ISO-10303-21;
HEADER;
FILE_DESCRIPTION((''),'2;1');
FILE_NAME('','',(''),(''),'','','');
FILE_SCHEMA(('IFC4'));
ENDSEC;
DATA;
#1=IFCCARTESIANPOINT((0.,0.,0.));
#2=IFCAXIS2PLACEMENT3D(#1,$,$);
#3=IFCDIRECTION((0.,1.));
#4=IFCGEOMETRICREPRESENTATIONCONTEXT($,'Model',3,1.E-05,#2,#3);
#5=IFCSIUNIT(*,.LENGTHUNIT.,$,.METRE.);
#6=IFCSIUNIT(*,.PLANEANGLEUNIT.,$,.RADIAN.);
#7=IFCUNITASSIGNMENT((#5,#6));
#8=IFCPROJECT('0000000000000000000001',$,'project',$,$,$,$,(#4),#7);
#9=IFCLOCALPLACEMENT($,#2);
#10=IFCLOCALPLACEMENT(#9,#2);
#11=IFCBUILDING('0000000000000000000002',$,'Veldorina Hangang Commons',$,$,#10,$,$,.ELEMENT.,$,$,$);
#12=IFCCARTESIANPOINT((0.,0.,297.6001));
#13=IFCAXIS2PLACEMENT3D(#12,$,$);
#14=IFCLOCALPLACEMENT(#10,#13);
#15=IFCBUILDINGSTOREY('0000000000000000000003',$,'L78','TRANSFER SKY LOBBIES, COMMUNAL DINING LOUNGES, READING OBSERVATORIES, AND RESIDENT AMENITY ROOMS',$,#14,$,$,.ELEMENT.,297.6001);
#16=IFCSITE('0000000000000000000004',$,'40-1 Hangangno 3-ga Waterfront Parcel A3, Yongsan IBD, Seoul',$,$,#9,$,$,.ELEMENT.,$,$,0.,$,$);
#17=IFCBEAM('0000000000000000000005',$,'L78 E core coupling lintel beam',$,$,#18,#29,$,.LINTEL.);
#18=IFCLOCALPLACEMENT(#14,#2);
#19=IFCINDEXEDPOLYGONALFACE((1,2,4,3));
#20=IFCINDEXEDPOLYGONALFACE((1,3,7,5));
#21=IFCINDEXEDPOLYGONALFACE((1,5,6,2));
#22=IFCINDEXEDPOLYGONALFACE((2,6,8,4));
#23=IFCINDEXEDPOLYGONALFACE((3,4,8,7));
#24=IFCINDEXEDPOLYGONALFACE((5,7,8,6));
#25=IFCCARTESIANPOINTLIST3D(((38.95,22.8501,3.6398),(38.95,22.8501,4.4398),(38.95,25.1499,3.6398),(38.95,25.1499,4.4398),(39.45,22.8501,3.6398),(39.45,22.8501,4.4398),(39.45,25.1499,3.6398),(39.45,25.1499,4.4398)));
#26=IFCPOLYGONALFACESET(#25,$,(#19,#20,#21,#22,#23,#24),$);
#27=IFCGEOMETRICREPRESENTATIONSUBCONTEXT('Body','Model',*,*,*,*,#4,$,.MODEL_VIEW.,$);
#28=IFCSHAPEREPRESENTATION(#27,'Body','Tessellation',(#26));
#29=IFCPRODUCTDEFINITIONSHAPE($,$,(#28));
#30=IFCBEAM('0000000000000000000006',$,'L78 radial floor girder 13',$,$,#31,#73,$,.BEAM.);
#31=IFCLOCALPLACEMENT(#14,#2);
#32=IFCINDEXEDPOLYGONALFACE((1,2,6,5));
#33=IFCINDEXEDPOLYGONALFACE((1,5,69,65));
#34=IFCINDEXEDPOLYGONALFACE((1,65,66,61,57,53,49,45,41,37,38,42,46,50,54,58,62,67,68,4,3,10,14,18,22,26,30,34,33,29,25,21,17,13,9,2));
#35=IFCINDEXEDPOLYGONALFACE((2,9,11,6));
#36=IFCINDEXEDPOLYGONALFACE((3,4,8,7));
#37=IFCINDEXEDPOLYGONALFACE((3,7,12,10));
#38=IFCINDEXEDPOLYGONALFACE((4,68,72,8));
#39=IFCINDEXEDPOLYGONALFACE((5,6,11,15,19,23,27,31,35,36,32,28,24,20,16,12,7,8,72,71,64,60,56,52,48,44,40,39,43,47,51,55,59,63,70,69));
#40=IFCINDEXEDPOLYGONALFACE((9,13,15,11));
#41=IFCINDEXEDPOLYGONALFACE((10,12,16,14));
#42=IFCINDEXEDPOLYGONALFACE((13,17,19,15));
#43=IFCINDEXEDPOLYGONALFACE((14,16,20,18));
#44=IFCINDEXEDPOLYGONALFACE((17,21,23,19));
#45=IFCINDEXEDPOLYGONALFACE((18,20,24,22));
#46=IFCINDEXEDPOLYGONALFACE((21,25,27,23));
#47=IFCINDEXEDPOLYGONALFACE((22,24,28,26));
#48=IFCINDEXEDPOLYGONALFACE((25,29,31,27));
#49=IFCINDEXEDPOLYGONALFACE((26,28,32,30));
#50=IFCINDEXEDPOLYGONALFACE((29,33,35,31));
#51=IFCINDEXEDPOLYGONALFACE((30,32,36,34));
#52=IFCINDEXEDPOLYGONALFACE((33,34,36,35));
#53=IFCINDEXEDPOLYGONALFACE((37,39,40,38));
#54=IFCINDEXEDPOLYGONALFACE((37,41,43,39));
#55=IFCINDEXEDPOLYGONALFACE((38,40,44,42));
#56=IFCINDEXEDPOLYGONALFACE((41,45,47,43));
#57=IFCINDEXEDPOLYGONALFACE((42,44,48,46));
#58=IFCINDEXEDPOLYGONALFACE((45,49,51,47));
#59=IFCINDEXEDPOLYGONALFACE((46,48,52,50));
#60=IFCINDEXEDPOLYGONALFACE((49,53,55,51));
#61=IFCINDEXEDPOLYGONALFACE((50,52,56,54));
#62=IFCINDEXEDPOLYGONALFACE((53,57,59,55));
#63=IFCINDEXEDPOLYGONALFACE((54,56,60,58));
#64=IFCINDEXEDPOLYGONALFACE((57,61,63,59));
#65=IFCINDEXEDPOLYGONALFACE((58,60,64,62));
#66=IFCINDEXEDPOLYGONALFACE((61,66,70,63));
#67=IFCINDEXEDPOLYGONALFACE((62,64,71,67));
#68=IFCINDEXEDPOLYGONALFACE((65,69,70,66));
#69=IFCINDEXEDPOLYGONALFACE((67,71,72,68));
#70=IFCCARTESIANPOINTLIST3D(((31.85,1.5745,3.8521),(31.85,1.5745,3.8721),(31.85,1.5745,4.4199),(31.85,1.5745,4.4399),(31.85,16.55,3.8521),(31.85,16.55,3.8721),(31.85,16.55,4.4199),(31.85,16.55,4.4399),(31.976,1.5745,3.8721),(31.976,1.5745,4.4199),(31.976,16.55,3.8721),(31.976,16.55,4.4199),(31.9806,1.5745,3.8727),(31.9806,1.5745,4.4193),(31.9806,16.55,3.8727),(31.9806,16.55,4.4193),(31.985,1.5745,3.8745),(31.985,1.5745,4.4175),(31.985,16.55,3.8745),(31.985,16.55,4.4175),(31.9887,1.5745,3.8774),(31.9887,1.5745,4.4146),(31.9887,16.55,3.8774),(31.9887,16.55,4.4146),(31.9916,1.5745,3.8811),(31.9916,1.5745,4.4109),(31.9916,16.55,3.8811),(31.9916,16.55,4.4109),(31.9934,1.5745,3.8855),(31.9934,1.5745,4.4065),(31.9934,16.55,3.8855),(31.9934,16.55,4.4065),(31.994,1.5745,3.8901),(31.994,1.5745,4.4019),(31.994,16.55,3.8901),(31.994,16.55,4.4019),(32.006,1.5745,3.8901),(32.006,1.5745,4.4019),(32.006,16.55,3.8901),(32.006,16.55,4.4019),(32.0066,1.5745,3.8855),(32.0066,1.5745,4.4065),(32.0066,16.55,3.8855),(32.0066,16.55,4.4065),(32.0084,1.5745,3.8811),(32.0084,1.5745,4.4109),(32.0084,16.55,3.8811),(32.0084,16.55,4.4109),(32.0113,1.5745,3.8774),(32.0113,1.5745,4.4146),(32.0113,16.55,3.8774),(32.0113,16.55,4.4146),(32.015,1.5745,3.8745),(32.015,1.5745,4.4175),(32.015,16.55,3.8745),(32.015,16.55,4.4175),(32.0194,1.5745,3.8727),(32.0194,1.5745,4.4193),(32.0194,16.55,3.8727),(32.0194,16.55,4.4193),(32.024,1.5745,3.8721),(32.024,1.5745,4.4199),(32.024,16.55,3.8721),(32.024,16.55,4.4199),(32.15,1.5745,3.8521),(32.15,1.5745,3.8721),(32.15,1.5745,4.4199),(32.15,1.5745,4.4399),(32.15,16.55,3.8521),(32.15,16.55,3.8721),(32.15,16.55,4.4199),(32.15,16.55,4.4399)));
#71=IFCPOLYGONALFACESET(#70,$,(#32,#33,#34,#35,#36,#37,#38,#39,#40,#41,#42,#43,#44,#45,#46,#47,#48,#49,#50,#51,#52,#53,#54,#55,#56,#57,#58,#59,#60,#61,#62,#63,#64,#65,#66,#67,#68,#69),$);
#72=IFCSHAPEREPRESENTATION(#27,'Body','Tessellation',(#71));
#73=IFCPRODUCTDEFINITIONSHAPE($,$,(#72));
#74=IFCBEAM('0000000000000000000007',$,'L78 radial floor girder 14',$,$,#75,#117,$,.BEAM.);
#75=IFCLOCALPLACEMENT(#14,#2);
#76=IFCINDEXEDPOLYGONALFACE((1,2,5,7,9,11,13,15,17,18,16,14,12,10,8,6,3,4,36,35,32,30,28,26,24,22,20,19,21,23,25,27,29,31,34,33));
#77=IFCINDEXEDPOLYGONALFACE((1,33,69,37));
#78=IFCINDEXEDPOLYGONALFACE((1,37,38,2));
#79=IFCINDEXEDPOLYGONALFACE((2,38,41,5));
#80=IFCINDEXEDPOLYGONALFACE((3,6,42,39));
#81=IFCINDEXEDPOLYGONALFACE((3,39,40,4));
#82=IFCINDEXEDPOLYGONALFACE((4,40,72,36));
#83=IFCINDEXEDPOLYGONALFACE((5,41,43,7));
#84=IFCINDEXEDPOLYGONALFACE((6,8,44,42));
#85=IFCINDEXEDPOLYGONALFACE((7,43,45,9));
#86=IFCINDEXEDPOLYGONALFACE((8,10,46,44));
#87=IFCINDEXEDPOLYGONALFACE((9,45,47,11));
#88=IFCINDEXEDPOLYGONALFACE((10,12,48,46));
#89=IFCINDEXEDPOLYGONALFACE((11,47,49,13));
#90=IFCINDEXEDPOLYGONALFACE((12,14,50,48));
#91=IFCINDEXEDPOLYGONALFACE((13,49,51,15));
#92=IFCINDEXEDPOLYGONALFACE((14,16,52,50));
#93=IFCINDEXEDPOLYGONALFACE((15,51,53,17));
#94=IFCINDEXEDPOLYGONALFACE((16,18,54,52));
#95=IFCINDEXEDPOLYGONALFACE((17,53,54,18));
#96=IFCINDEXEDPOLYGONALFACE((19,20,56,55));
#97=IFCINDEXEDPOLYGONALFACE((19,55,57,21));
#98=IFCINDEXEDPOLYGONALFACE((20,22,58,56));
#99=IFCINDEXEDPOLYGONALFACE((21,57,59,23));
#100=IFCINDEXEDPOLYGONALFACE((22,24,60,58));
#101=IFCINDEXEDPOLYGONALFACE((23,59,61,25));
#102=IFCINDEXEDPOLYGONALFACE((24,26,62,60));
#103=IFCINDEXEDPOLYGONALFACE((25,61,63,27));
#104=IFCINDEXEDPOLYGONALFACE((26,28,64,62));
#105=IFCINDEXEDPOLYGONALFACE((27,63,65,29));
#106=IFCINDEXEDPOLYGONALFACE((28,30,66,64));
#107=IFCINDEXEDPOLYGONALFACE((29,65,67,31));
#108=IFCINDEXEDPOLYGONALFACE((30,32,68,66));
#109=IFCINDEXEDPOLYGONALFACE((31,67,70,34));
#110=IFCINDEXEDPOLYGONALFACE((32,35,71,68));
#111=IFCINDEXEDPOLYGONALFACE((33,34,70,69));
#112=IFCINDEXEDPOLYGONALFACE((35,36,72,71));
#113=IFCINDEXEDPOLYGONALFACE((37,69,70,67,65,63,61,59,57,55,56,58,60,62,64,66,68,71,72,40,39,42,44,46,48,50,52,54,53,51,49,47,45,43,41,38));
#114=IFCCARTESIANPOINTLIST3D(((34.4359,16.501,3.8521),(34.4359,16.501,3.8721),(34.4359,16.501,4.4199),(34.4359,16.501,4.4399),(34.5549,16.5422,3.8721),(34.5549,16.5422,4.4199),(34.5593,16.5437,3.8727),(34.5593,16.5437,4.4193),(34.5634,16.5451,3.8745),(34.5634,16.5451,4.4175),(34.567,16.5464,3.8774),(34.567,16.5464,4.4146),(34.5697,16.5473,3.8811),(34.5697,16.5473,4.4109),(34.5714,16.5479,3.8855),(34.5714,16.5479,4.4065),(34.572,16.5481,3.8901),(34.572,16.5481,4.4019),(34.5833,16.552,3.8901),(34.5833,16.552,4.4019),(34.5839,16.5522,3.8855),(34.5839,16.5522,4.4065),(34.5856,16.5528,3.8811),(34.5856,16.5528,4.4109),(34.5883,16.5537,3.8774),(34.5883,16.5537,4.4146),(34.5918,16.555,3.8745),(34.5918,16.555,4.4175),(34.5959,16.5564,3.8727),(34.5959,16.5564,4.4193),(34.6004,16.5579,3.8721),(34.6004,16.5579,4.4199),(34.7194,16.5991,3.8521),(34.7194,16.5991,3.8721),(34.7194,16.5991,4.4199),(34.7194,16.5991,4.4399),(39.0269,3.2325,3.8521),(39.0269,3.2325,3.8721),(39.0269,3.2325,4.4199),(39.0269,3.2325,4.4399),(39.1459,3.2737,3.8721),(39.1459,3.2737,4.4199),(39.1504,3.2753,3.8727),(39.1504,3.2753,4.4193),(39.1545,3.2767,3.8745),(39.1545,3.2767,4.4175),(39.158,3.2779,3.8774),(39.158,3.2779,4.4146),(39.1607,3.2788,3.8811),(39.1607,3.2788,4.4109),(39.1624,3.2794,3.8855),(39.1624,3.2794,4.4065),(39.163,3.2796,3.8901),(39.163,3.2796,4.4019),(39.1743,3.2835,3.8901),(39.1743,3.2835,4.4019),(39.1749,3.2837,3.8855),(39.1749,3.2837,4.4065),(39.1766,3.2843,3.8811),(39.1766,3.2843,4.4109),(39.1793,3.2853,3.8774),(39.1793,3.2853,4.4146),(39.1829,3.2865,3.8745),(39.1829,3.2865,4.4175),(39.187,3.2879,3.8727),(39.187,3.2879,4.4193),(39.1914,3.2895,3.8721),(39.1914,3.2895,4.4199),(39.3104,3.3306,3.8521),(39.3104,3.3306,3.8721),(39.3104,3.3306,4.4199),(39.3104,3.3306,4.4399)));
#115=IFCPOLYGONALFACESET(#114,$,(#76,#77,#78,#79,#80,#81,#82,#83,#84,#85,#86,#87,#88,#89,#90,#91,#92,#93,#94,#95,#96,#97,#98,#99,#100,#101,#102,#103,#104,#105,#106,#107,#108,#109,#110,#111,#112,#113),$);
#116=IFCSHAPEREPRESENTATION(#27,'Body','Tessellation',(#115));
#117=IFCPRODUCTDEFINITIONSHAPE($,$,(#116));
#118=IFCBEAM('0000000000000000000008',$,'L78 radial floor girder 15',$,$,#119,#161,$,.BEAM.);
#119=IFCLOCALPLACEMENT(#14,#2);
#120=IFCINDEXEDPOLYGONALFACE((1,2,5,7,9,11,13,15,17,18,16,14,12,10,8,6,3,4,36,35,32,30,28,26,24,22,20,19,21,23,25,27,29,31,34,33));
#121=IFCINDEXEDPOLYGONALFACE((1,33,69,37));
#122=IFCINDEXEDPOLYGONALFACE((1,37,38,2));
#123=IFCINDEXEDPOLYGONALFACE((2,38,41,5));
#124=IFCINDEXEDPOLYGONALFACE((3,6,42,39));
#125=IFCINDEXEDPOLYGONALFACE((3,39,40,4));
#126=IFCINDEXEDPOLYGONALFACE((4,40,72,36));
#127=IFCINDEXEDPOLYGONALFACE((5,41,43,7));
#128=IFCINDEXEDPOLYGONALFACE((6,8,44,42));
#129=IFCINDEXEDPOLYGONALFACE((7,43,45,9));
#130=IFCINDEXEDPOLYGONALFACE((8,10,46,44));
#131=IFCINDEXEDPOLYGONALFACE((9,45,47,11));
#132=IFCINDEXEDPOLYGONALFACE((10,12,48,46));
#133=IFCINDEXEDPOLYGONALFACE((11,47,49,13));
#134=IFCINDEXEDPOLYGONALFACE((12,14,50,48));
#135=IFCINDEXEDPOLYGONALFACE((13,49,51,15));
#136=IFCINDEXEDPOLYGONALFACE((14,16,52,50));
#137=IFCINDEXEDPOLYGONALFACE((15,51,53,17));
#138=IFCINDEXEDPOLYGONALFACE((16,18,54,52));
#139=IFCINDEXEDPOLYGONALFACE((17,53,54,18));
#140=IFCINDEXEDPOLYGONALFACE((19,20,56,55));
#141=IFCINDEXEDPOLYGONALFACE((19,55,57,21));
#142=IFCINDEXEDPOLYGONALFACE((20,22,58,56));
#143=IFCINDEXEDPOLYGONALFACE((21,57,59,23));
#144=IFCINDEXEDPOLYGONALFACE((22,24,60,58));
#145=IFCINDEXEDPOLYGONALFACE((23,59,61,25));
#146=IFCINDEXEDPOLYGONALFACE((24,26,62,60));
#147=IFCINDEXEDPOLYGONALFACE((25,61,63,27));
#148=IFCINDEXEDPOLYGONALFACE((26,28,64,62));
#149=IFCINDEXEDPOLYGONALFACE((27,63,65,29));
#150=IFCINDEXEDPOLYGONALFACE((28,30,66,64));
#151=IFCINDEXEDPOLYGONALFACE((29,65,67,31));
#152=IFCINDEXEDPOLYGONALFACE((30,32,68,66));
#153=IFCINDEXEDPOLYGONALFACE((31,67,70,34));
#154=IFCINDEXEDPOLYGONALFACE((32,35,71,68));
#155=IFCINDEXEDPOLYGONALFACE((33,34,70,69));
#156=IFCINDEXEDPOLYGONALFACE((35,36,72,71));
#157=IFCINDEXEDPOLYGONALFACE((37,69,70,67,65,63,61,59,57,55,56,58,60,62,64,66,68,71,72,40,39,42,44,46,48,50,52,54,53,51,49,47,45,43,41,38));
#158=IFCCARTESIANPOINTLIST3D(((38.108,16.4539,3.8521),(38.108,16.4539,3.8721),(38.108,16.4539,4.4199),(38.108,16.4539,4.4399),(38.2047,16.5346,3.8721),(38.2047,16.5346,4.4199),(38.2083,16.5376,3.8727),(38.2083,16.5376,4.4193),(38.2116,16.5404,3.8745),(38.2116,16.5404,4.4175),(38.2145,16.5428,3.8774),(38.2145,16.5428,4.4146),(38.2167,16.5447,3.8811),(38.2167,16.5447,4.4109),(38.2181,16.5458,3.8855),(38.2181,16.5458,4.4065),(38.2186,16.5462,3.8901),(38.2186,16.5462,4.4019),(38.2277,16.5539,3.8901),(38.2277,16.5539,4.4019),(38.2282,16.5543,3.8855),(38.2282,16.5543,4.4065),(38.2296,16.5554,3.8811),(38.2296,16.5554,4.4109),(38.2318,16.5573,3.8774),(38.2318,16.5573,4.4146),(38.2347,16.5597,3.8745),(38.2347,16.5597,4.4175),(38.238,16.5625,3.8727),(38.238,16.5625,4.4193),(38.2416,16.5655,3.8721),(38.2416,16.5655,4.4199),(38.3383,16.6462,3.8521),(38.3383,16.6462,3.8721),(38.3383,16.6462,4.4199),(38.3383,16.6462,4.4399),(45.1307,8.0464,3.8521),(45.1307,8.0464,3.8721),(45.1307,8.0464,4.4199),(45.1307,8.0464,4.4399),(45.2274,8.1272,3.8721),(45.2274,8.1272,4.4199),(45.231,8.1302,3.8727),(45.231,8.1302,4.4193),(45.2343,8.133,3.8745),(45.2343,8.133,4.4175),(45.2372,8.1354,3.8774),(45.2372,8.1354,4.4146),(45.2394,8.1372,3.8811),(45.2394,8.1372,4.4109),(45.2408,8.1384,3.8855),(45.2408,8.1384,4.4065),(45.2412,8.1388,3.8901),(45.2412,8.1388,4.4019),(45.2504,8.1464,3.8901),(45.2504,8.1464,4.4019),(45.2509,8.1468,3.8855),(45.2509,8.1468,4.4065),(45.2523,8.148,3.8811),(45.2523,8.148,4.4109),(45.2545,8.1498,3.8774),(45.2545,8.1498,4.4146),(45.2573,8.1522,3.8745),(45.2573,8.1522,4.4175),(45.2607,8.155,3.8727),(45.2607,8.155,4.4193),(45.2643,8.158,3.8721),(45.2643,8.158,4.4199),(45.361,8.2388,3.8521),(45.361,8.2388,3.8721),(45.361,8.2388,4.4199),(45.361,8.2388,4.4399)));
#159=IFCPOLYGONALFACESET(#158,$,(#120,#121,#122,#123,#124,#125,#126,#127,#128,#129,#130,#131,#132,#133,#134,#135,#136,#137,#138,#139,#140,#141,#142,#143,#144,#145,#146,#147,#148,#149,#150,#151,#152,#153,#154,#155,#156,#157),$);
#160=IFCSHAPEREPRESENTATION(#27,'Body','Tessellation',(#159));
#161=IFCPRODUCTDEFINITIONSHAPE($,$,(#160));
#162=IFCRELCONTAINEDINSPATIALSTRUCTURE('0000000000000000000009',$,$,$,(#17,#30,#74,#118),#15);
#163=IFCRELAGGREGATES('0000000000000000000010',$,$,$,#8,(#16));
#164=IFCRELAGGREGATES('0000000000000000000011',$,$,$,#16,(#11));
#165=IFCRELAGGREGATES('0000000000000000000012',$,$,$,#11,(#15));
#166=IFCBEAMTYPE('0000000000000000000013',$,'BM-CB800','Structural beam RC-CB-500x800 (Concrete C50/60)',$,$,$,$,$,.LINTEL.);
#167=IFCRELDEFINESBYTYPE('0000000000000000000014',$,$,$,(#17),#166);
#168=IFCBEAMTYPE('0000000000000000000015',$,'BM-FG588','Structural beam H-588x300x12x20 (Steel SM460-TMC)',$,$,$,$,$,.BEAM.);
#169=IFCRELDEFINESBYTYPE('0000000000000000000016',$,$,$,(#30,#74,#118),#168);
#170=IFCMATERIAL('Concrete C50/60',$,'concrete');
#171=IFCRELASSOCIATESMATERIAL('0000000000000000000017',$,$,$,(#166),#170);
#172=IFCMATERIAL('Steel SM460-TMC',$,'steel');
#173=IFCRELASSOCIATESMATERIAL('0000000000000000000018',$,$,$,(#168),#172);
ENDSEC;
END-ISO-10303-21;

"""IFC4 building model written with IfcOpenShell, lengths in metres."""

from ifc_helpers import new_model, si_unit, direction, frame, origin, origin_2d, place, context, subcontext, project, spatial, rectangle, i_section, extrude, material, material_profile, profile_set, type_object, element, save


model = new_model("IFC4")

# Units and contexts
model_context = context("Model", 3, precision=1e-05, world=origin(), true_north=direction((0.0, 1.0)))
body_context = subcontext(model_context, "Body", "Model", "MODEL_VIEW")
ifc_project = project(units=[si_unit("LENGTHUNIT", "METRE"), si_unit("PLANEANGLEUNIT", "RADIAN")], contexts=[model_context])

# Site, building, storey
site_placement = place(None, origin())
site = spatial("IfcSite", under=ifc_project, at=site_placement, Name="40-1 Hangangno 3-ga Waterfront Parcel A3, Yongsan IBD, Seoul", CompositionType="ELEMENT", RefElevation=0.0)
building_placement = place(site_placement, origin())
building = spatial("IfcBuilding", under=site, at=building_placement, Name="Veldorina Hangang Commons", CompositionType="ELEMENT")
storey_placement = place(building_placement, frame((0.0, 0.0, 297.6001)))
storey = spatial("IfcBuildingStorey", under=building, at=storey_placement, Name="L78", Description="TRANSFER SKY LOBBIES, COMMUNAL DINING LOUNGES, READING OBSERVATORIES, AND RESIDENT AMENITY ROOMS", CompositionType="ELEMENT", Elevation=297.6001)

# Beams
ifc_material_1 = material(Name="Concrete C50/60", Category="concrete")
ifc_material_profile_1 = material_profile(ifc_material_1, rectangle(XDim=0.5, YDim=0.8, at=origin_2d()), Name="RC-CB-500x800")
ifc_profile_set_1 = profile_set([ifc_material_profile_1], Name="Concrete C50/60")
beam_type_1 = type_object("IfcBeamType", Name="BM-CB800", Description="Structural beam RC-CB-500x800 (Concrete C50/60)", PredefinedType="LINTEL", material=ifc_profile_set_1)
beam_1_placement = place(storey_placement, frame((39.2, 22.8501, 4.0398), z_axis=(0.0, 1.0, 0.0), x_axis=(-1.0, 0.0, 0.0)))
element("IfcBeam", 1, at=beam_1_placement, inside=storey, type_object=beam_type_1, Name="L78 E core coupling lintel beam", PredefinedType="LINTEL", context=body_context, shape_type="SweptSolid", body=[
    extrude(rectangle(XDim=0.5, YDim=0.8, at=origin_2d()), origin(), (0.0, 0.0, 1.0), 2.2998),
])
ifc_material_2 = material(Name="Steel SM460-TMC", Category="steel")
ifc_material_profile_2 = material_profile(ifc_material_2, i_section(OverallWidth=0.3, OverallDepth=0.5879, WebThickness=0.012, FlangeThickness=0.02, FilletRadius=0.0181, at=origin_2d()), Name="H-588x300x12x20")
ifc_profile_set_2 = profile_set([ifc_material_profile_2], Name="Steel SM460-TMC")
beam_type_2 = type_object("IfcBeamType", Name="BM-FG588", Description="Structural beam H-588x300x12x20 (Steel SM460-TMC)", PredefinedType="BEAM", material=ifc_profile_set_2)
beam_2_placement = place(storey_placement, frame((32.0, 16.55, 4.146), z_axis=(0.0, -1.0, 0.0), x_axis=(1.0, 0.0, 0.0)))
element("IfcBeam", 2, at=beam_2_placement, inside=storey, type_object=beam_type_2, Name="L78 radial floor girder 13", PredefinedType="BEAM", context=body_context, shape_type="SweptSolid", body=[
    extrude(i_section(OverallWidth=0.3, OverallDepth=0.5879, WebThickness=0.012, FlangeThickness=0.02, FilletRadius=0.0181, at=origin_2d()), origin(), (0.0, 0.0, 1.0), 14.9756),
])
beam_3_placement = place(storey_placement, frame((34.5776, 16.55, 4.146), z_axis=(0.32699, -0.945028, 0.0), x_axis=(0.945028, 0.32699, 0.0)))
element("IfcBeam", 3, at=beam_3_placement, inside=storey, type_object=beam_type_2, Name="L78 radial floor girder 14", PredefinedType="BEAM", context=body_context, shape_type="SweptSolid", body=[
    extrude(i_section(OverallWidth=0.3, OverallDepth=0.5879, WebThickness=0.012, FlangeThickness=0.02, FilletRadius=0.0181, at=origin_2d()), origin(), (0.0, 0.0, 1.0), 14.0403),
])
beam_4_placement = place(storey_placement, frame((38.2231, 16.55, 4.146), z_axis=(0.641072, -0.767481, 0.0), x_axis=(0.767481, 0.641072, 0.0)))
element("IfcBeam", 4, at=beam_4_placement, inside=storey, type_object=beam_type_2, Name="L78 radial floor girder 15", PredefinedType="BEAM", context=body_context, shape_type="SweptSolid", body=[
    extrude(i_section(OverallWidth=0.3, OverallDepth=0.5879, WebThickness=0.012, FlangeThickness=0.02, FilletRadius=0.0181, at=origin_2d()), origin(), (0.0, 0.0, 1.0), 10.9546),
])

save(model, "model.ifc")
